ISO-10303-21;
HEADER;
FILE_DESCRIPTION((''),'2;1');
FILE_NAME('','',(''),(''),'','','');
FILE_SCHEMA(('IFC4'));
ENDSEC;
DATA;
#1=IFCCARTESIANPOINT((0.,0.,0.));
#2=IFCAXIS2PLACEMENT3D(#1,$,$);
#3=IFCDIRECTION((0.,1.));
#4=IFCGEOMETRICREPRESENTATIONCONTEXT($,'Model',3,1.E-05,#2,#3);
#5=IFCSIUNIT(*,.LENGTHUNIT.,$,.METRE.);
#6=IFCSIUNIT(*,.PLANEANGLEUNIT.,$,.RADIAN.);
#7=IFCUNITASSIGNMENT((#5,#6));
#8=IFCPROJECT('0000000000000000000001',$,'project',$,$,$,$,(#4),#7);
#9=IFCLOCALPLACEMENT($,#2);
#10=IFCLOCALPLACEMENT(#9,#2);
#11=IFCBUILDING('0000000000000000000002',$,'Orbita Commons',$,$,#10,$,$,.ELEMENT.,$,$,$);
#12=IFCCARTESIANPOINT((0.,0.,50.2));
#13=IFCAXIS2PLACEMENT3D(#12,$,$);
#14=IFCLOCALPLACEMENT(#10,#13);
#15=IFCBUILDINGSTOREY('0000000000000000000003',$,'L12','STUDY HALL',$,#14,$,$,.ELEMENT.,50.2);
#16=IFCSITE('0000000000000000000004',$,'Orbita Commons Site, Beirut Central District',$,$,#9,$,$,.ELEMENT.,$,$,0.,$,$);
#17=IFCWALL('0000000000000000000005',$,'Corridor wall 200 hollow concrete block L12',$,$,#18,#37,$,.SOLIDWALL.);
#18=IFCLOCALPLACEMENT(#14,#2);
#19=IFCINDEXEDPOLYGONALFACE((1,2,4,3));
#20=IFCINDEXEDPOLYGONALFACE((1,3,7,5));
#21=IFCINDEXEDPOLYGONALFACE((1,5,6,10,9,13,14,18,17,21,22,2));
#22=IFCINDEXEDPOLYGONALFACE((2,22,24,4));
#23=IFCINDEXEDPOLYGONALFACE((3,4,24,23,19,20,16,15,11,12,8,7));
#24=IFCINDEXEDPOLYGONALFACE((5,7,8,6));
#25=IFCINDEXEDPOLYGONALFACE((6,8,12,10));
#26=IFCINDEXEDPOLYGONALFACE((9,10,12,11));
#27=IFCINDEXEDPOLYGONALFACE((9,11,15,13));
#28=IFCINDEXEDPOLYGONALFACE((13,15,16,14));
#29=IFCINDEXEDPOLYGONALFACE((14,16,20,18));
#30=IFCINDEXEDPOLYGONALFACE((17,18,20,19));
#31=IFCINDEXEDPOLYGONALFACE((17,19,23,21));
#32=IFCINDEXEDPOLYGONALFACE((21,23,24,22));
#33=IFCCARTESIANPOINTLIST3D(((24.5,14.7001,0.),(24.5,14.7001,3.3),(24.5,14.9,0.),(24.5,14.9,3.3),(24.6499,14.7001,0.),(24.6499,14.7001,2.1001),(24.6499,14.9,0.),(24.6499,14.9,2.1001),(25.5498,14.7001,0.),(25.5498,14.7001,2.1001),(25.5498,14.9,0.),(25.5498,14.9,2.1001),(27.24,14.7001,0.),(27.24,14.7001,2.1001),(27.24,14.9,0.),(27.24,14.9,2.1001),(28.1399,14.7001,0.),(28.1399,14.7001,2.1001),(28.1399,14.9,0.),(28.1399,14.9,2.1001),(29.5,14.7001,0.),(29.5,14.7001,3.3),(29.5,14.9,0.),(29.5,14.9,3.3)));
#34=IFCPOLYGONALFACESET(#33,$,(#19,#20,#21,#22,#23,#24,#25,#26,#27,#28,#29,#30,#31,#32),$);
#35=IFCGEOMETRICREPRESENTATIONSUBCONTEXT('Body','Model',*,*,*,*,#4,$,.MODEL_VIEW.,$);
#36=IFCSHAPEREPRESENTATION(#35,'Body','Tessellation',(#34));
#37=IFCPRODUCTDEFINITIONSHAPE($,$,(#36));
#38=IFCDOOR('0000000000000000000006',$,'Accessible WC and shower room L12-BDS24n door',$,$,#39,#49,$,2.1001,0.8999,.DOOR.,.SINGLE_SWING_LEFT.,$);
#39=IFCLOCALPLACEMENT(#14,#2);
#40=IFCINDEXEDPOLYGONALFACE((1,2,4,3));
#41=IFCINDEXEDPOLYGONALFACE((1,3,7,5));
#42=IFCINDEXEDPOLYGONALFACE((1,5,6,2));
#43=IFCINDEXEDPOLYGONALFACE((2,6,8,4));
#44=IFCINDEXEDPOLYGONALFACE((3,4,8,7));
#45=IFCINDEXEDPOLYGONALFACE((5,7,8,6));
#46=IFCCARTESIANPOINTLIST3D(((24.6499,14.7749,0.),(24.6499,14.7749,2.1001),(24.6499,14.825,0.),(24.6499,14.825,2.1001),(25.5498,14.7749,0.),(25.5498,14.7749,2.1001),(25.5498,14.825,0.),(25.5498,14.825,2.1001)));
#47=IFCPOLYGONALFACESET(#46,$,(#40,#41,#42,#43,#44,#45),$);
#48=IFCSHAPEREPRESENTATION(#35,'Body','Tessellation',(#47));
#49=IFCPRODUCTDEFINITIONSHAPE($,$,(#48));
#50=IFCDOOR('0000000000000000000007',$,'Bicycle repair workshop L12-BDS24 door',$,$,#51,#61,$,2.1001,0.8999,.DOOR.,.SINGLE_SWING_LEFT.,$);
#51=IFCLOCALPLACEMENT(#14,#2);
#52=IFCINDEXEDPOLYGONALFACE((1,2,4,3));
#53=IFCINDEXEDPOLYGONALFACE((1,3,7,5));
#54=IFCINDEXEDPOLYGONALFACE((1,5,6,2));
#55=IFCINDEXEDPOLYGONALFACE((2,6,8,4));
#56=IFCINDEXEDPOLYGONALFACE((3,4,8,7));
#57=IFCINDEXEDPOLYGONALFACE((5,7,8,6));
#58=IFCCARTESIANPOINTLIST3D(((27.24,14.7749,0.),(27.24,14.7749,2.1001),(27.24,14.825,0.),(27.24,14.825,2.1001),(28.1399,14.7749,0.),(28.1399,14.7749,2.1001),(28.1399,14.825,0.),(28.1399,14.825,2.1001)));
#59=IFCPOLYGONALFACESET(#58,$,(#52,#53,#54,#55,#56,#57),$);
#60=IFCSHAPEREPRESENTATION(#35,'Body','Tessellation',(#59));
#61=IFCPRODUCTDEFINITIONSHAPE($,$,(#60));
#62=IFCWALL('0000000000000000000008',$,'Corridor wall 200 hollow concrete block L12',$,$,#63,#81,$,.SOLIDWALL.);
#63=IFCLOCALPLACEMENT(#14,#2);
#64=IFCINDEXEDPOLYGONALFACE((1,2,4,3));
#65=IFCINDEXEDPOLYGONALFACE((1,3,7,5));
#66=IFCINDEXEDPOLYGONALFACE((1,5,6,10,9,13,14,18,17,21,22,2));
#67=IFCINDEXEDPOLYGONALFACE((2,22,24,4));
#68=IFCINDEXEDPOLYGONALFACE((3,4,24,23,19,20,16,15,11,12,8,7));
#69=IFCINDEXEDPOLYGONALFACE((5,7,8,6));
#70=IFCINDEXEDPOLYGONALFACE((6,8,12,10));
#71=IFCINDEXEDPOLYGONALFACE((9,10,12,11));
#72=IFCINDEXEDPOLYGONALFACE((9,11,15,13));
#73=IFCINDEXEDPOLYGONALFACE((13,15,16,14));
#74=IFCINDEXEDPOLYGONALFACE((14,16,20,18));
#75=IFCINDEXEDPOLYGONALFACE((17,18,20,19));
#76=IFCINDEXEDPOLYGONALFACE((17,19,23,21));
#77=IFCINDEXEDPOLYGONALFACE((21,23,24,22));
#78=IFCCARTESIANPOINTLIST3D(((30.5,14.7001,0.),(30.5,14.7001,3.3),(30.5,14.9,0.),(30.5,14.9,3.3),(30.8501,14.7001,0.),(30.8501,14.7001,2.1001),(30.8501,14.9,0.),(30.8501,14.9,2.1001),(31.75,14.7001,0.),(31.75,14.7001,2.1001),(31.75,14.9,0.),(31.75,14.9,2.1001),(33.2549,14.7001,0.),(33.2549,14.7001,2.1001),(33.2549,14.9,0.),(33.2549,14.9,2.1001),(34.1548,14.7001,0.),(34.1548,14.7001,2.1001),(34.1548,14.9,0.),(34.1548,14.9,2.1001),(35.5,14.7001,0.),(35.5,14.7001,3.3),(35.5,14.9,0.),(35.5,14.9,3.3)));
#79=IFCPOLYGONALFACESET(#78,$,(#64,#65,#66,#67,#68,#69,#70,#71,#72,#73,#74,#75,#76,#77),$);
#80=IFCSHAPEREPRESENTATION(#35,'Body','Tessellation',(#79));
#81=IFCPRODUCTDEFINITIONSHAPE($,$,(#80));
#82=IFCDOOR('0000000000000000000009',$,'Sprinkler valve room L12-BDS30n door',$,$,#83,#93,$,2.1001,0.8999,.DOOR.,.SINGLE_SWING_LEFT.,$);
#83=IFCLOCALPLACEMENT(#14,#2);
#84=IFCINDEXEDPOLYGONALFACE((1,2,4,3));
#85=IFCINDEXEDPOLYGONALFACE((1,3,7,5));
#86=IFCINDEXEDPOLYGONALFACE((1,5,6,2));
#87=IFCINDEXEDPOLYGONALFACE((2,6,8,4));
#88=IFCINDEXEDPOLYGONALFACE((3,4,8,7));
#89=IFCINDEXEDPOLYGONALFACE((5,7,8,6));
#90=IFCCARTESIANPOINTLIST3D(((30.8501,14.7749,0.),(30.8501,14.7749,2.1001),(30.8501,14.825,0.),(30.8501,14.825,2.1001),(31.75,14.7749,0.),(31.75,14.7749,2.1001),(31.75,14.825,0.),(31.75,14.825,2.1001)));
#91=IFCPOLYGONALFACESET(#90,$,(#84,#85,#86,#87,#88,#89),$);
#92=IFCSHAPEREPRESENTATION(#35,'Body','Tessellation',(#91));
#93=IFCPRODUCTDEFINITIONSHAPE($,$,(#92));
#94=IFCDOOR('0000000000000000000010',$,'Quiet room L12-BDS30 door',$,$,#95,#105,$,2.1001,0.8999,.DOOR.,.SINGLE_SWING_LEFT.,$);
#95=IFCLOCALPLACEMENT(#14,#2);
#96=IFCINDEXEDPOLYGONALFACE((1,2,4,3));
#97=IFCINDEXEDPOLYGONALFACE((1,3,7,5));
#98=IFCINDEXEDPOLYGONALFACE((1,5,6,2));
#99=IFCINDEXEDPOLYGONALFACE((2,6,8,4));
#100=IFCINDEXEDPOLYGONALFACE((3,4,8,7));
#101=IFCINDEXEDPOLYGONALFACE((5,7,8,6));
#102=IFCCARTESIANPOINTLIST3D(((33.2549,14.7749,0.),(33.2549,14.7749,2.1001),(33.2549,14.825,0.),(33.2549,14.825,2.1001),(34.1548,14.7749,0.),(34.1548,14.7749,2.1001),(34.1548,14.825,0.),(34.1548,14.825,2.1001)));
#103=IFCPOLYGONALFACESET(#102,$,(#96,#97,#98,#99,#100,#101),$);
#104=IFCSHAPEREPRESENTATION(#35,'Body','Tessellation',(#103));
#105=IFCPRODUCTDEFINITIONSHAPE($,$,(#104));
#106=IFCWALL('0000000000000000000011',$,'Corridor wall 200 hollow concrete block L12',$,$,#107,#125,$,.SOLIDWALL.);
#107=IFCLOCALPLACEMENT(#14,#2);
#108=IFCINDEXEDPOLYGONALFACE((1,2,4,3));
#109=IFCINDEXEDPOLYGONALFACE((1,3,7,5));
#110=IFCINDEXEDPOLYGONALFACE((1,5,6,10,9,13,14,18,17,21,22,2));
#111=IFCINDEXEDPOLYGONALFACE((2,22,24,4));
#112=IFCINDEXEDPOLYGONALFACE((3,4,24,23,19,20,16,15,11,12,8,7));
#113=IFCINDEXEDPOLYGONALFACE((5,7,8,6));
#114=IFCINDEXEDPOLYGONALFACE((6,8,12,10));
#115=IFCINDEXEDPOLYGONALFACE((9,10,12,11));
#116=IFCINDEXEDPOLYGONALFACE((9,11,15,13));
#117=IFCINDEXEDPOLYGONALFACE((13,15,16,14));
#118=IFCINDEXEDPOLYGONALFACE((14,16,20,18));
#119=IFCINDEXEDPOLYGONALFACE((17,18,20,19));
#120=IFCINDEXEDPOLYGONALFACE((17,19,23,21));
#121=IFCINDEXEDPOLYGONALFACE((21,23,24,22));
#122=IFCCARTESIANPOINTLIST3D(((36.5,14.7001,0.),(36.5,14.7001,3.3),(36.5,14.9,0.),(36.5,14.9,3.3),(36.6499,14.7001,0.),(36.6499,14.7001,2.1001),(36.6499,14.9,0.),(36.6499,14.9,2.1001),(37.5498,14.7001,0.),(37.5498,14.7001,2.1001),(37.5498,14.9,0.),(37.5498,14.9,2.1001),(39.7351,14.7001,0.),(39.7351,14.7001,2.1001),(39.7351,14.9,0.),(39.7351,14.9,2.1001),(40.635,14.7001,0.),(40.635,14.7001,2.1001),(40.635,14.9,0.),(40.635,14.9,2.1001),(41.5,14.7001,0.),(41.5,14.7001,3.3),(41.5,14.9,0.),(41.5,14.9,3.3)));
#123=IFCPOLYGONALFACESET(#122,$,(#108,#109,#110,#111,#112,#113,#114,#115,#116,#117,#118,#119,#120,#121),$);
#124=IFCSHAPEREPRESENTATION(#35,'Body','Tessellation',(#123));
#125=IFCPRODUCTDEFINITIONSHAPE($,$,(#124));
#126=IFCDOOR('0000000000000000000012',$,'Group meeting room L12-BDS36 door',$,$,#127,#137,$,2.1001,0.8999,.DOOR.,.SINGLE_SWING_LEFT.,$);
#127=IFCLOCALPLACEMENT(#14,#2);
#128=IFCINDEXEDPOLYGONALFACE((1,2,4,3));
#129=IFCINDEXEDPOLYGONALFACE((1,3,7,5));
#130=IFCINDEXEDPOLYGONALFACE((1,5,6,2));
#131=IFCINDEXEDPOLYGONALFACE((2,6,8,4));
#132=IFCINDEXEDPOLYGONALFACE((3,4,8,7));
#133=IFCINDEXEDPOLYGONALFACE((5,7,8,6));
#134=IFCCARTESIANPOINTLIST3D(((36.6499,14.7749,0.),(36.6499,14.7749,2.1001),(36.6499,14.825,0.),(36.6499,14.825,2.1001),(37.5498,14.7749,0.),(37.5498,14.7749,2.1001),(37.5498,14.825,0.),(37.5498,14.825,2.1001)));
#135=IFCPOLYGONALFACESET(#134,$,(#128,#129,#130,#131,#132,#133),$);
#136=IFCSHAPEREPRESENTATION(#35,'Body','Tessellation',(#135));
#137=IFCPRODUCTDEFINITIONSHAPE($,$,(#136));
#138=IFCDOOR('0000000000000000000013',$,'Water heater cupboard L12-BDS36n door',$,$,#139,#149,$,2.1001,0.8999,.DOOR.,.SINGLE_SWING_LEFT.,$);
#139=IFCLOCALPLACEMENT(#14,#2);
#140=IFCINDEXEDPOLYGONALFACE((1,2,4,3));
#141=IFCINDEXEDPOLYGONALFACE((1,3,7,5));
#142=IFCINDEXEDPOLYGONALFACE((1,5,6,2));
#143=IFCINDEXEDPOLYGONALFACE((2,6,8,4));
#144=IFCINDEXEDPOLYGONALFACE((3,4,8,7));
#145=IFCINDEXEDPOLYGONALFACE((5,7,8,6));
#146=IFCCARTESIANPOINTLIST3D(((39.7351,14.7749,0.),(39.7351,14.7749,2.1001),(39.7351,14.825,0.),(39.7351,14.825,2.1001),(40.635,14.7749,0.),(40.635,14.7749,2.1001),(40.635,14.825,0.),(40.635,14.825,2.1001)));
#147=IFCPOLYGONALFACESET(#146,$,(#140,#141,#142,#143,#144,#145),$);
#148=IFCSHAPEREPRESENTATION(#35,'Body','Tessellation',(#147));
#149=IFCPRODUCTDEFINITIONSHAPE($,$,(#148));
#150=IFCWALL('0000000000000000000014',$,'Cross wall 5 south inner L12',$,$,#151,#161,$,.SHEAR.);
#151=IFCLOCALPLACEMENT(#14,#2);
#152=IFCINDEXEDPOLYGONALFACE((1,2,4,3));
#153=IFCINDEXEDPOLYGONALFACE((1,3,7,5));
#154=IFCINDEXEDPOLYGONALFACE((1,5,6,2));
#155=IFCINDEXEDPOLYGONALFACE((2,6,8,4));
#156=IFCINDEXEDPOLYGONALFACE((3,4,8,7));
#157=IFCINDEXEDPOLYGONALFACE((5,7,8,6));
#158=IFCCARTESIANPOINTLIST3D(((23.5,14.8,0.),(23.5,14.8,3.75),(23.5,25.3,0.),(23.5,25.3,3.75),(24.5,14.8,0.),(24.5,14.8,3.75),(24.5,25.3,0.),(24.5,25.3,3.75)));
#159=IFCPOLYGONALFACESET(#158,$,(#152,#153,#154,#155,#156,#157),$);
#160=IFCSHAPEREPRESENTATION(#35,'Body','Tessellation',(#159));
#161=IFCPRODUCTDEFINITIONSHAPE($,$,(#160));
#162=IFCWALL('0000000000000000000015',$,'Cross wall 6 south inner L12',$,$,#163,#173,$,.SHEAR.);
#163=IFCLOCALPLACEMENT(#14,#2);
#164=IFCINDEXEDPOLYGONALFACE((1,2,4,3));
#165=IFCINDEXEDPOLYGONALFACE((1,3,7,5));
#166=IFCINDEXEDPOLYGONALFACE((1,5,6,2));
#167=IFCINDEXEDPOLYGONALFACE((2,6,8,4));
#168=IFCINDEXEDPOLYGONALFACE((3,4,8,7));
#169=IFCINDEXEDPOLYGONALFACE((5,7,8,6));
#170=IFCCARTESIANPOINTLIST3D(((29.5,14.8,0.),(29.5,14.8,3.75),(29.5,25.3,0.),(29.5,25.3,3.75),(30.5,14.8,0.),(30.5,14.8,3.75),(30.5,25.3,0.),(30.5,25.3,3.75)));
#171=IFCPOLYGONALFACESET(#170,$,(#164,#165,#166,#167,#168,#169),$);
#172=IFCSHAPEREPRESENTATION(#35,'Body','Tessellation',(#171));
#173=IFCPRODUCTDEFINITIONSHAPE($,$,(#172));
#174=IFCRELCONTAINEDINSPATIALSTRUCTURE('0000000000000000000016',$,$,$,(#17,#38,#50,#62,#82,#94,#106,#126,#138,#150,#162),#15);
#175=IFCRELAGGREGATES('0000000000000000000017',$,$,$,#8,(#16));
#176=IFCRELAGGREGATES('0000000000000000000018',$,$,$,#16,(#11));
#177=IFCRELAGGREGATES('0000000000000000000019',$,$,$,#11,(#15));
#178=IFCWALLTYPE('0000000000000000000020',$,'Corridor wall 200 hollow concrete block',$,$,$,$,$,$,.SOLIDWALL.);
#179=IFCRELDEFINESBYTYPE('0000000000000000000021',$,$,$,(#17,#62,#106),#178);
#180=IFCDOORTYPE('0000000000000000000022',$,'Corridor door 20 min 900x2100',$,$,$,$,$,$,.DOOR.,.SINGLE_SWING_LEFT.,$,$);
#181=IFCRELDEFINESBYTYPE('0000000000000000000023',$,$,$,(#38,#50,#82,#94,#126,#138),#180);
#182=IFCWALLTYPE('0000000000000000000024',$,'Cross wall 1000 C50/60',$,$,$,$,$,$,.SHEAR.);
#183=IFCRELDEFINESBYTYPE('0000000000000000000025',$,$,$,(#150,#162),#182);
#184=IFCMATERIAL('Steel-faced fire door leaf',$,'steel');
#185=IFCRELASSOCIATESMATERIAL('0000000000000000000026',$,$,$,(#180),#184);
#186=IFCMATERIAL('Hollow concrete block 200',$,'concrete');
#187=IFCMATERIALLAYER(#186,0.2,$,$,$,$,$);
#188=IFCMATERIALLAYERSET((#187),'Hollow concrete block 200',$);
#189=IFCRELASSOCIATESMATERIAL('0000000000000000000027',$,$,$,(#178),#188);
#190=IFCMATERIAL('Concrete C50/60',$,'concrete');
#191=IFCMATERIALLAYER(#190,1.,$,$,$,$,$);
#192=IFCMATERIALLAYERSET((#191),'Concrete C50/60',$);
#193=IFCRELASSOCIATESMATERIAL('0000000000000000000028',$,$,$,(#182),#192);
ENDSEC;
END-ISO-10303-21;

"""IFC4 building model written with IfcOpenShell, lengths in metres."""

from ifc_helpers import new_model, si_unit, direction, frame, frame_2d, origin, place, context, subcontext, project, spatial, rectangle, extrude, material, layer, layer_set, type_object, element, fill, save


model = new_model("IFC4")

# Units and contexts
model_context = context("Model", 3, precision=1e-05, world=origin(), true_north=direction((0.0, 1.0)))
body_context = subcontext(model_context, "Body", "Model", "MODEL_VIEW")
ifc_project = project(units=[si_unit("LENGTHUNIT", "METRE"), si_unit("PLANEANGLEUNIT", "RADIAN")], contexts=[model_context])

# Site, building, storey
site_placement = place(None, origin())
site = spatial("IfcSite", under=ifc_project, at=site_placement, Name="Orbita Commons Site, Beirut Central District", CompositionType="ELEMENT", RefElevation=0.0)
building_placement = place(site_placement, origin())
building = spatial("IfcBuilding", under=site, at=building_placement, Name="Orbita Commons", CompositionType="ELEMENT")
storey_placement = place(building_placement, frame((0.0, 0.0, 50.2)))
storey = spatial("IfcBuildingStorey", under=building, at=storey_placement, Name="L12", Description="STUDY HALL", CompositionType="ELEMENT", Elevation=50.2)

# Shared definitions
ifc_material_1 = material(Name="Steel-faced fire door leaf", Category="steel")
door_type_1 = type_object("IfcDoorType", Name="Corridor door 20 min 900x2100", OperationType="SINGLE_SWING_LEFT", PredefinedType="DOOR", material=ifc_material_1)

# Walls, openings, doors
ifc_material_2 = material(Name="Hollow concrete block 200", Category="concrete")
ifc_layer_1 = layer(ifc_material_2, 0.2)
ifc_layer_set_1 = layer_set([ifc_layer_1], Name="Hollow concrete block 200")
wall_type_1 = type_object("IfcWallType", Name="Corridor wall 200 hollow concrete block", PredefinedType="SOLIDWALL", material=ifc_layer_set_1)
wall_1_placement = place(storey_placement, frame((24.5, 14.8, 0.0), z_axis=(0.0, 0.0, 1.0), x_axis=(1.0, 0.0, 0.0)))
wall_1 = element("IfcWall", 1, at=wall_1_placement, inside=storey, type_object=wall_type_1, Name="Corridor wall 200 hollow concrete block L12", PredefinedType="SOLIDWALL", context=body_context, shape_type="SweptSolid", body=[
    extrude(rectangle(XDim=5.0, YDim=0.2, at=frame_2d((2.5, 0.0))), origin(), (0.0, 0.0, 1.0), 3.3),
])
opening_1_placement = place(wall_1_placement, frame((0.1499, 0.0, 0.0)))
opening_1 = element("IfcOpeningElement", 2, at=opening_1_placement, cuts=wall_1, PredefinedType="OPENING", context=body_context, shape_type="SweptSolid", body=[
    extrude(rectangle(XDim=0.8999, YDim=2.1001, at=frame_2d((0.45, 1.05))), frame((0.0, 0.1099, 0.0), z_axis=(0.0, -1.0, 0.0), x_axis=(1.0, 0.0, 0.0)), (0.0, 0.0, 1.0), 0.22),
])
opening_2_placement = place(wall_1_placement, frame((2.74, 0.0, 0.0)))
opening_2 = element("IfcOpeningElement", 3, at=opening_2_placement, cuts=wall_1, PredefinedType="OPENING", context=body_context, shape_type="SweptSolid", body=[
    extrude(rectangle(XDim=0.8999, YDim=2.1001, at=frame_2d((0.45, 1.05))), frame((0.0, 0.1099, 0.0), z_axis=(0.0, -1.0, 0.0), x_axis=(1.0, 0.0, 0.0)), (0.0, 0.0, 1.0), 0.22),
])
door_1_placement = place(opening_1_placement, origin())
door_1 = element("IfcDoor", 4, at=door_1_placement, inside=storey, type_object=door_type_1, Name="Accessible WC and shower room L12-BDS24n door", OperationType="SINGLE_SWING_LEFT", OverallHeight=2.1001, OverallWidth=0.8999, PredefinedType="DOOR", context=body_context, shape_type="SweptSolid", body=[
    extrude(rectangle(XDim=0.8999, YDim=2.1001, at=frame_2d((0.45, 1.05))), frame((0.0, 0.0249, 0.0), z_axis=(0.0, -1.0, 0.0), x_axis=(1.0, 0.0, 0.0)), (0.0, 0.0, 1.0), 0.05),
])
fill(opening_1, door_1)
door_2_placement = place(opening_2_placement, origin())
door_2 = element("IfcDoor", 5, at=door_2_placement, inside=storey, type_object=door_type_1, Name="Bicycle repair workshop L12-BDS24 door", OperationType="SINGLE_SWING_LEFT", OverallHeight=2.1001, OverallWidth=0.8999, PredefinedType="DOOR", context=body_context, shape_type="SweptSolid", body=[
    extrude(rectangle(XDim=0.8999, YDim=2.1001, at=frame_2d((0.45, 1.05))), frame((0.0, 0.0249, 0.0), z_axis=(0.0, -1.0, 0.0), x_axis=(1.0, 0.0, 0.0)), (0.0, 0.0, 1.0), 0.05),
])
fill(opening_2, door_2)
wall_2_placement = place(storey_placement, frame((30.5, 14.8, 0.0), z_axis=(0.0, 0.0, 1.0), x_axis=(1.0, 0.0, 0.0)))
wall_2 = element("IfcWall", 6, at=wall_2_placement, inside=storey, type_object=wall_type_1, Name="Corridor wall 200 hollow concrete block L12", PredefinedType="SOLIDWALL", context=body_context, shape_type="SweptSolid", body=[
    extrude(rectangle(XDim=5.0, YDim=0.2, at=frame_2d((2.5, 0.0))), origin(), (0.0, 0.0, 1.0), 3.3),
])
opening_3_placement = place(wall_2_placement, frame((0.3501, 0.0, 0.0)))
opening_3 = element("IfcOpeningElement", 7, at=opening_3_placement, cuts=wall_2, PredefinedType="OPENING", context=body_context, shape_type="SweptSolid", body=[
    extrude(rectangle(XDim=0.8999, YDim=2.1001, at=frame_2d((0.45, 1.05))), frame((0.0, 0.1099, 0.0), z_axis=(0.0, -1.0, 0.0), x_axis=(1.0, 0.0, 0.0)), (0.0, 0.0, 1.0), 0.22),
])
opening_4_placement = place(wall_2_placement, frame((2.7549, 0.0, 0.0)))
opening_4 = element("IfcOpeningElement", 8, at=opening_4_placement, cuts=wall_2, PredefinedType="OPENING", context=body_context, shape_type="SweptSolid", body=[
    extrude(rectangle(XDim=0.8999, YDim=2.1001, at=frame_2d((0.45, 1.05))), frame((0.0, 0.1099, 0.0), z_axis=(0.0, -1.0, 0.0), x_axis=(1.0, 0.0, 0.0)), (0.0, 0.0, 1.0), 0.22),
])
door_3_placement = place(opening_3_placement, origin())
door_3 = element("IfcDoor", 9, at=door_3_placement, inside=storey, type_object=door_type_1, Name="Sprinkler valve room L12-BDS30n door", OperationType="SINGLE_SWING_LEFT", OverallHeight=2.1001, OverallWidth=0.8999, PredefinedType="DOOR", context=body_context, shape_type="SweptSolid", body=[
    extrude(rectangle(XDim=0.8999, YDim=2.1001, at=frame_2d((0.45, 1.05))), frame((0.0, 0.0249, 0.0), z_axis=(0.0, -1.0, 0.0), x_axis=(1.0, 0.0, 0.0)), (0.0, 0.0, 1.0), 0.05),
])
fill(opening_3, door_3)
door_4_placement = place(opening_4_placement, origin())
door_4 = element("IfcDoor", 10, at=door_4_placement, inside=storey, type_object=door_type_1, Name="Quiet room L12-BDS30 door", OperationType="SINGLE_SWING_LEFT", OverallHeight=2.1001, OverallWidth=0.8999, PredefinedType="DOOR", context=body_context, shape_type="SweptSolid", body=[
    extrude(rectangle(XDim=0.8999, YDim=2.1001, at=frame_2d((0.45, 1.05))), frame((0.0, 0.0249, 0.0), z_axis=(0.0, -1.0, 0.0), x_axis=(1.0, 0.0, 0.0)), (0.0, 0.0, 1.0), 0.05),
])
fill(opening_4, door_4)
wall_3_placement = place(storey_placement, frame((36.5, 14.8, 0.0), z_axis=(0.0, 0.0, 1.0), x_axis=(1.0, 0.0, 0.0)))
wall_3 = element("IfcWall", 11, at=wall_3_placement, inside=storey, type_object=wall_type_1, Name="Corridor wall 200 hollow concrete block L12", PredefinedType="SOLIDWALL", context=body_context, shape_type="SweptSolid", body=[
    extrude(rectangle(XDim=5.0, YDim=0.2, at=frame_2d((2.5, 0.0))), origin(), (0.0, 0.0, 1.0), 3.3),
])
opening_5_placement = place(wall_3_placement, frame((0.1499, 0.0, 0.0)))
opening_5 = element("IfcOpeningElement", 12, at=opening_5_placement, cuts=wall_3, PredefinedType="OPENING", context=body_context, shape_type="SweptSolid", body=[
    extrude(rectangle(XDim=0.8999, YDim=2.1001, at=frame_2d((0.45, 1.05))), frame((0.0, 0.1099, 0.0), z_axis=(0.0, -1.0, 0.0), x_axis=(1.0, 0.0, 0.0)), (0.0, 0.0, 1.0), 0.22),
])
opening_6_placement = place(wall_3_placement, frame((3.2351, 0.0, 0.0)))
opening_6 = element("IfcOpeningElement", 13, at=opening_6_placement, cuts=wall_3, PredefinedType="OPENING", context=body_context, shape_type="SweptSolid", body=[
    extrude(rectangle(XDim=0.8999, YDim=2.1001, at=frame_2d((0.45, 1.05))), frame((0.0, 0.1099, 0.0), z_axis=(0.0, -1.0, 0.0), x_axis=(1.0, 0.0, 0.0)), (0.0, 0.0, 1.0), 0.22),
])
door_5_placement = place(opening_5_placement, origin())
door_5 = element("IfcDoor", 14, at=door_5_placement, inside=storey, type_object=door_type_1, Name="Group meeting room L12-BDS36 door", OperationType="SINGLE_SWING_LEFT", OverallHeight=2.1001, OverallWidth=0.8999, PredefinedType="DOOR", context=body_context, shape_type="SweptSolid", body=[
    extrude(rectangle(XDim=0.8999, YDim=2.1001, at=frame_2d((0.45, 1.05))), frame((0.0, 0.0249, 0.0), z_axis=(0.0, -1.0, 0.0), x_axis=(1.0, 0.0, 0.0)), (0.0, 0.0, 1.0), 0.05),
])
fill(opening_5, door_5)
door_6_placement = place(opening_6_placement, origin())
door_6 = element("IfcDoor", 15, at=door_6_placement, inside=storey, type_object=door_type_1, Name="Water heater cupboard L12-BDS36n door", OperationType="SINGLE_SWING_LEFT", OverallHeight=2.1001, OverallWidth=0.8999, PredefinedType="DOOR", context=body_context, shape_type="SweptSolid", body=[
    extrude(rectangle(XDim=0.8999, YDim=2.1001, at=frame_2d((0.45, 1.05))), frame((0.0, 0.0249, 0.0), z_axis=(0.0, -1.0, 0.0), x_axis=(1.0, 0.0, 0.0)), (0.0, 0.0, 1.0), 0.05),
])
fill(opening_6, door_6)

# Walls
ifc_material_3 = material(Name="Concrete C50/60", Category="concrete")
ifc_layer_2 = layer(ifc_material_3, 1.0)
ifc_layer_set_2 = layer_set([ifc_layer_2], Name="Concrete C50/60")
wall_type_2 = type_object("IfcWallType", Name="Cross wall 1000 C50/60", PredefinedType="SHEAR", material=ifc_layer_set_2)
for number, where, z_axis, x_axis, name in (
    (16, (24.0, 14.8, 0.0), (0.0, 0.0, 1.0), (0.0, 1.0, 0.0), "Cross wall 5 south inner L12"),
    (17, (30.0, 14.8, 0.0), (0.0, 0.0, 1.0), (0.0, 1.0, 0.0), "Cross wall 6 south inner L12"),
):
    element("IfcWall", number, at=place(storey_placement, frame(where, z_axis=z_axis, x_axis=x_axis)), inside=storey, type_object=wall_type_2, Name=name, PredefinedType="SHEAR", context=body_context, shape_type="SweptSolid", body=[
        extrude(rectangle(XDim=10.5, YDim=1.0, at=frame_2d((5.25, 0.0))), origin(), (0.0, 0.0, 1.0), 3.75),
    ])

save(model, "model.ifc")
